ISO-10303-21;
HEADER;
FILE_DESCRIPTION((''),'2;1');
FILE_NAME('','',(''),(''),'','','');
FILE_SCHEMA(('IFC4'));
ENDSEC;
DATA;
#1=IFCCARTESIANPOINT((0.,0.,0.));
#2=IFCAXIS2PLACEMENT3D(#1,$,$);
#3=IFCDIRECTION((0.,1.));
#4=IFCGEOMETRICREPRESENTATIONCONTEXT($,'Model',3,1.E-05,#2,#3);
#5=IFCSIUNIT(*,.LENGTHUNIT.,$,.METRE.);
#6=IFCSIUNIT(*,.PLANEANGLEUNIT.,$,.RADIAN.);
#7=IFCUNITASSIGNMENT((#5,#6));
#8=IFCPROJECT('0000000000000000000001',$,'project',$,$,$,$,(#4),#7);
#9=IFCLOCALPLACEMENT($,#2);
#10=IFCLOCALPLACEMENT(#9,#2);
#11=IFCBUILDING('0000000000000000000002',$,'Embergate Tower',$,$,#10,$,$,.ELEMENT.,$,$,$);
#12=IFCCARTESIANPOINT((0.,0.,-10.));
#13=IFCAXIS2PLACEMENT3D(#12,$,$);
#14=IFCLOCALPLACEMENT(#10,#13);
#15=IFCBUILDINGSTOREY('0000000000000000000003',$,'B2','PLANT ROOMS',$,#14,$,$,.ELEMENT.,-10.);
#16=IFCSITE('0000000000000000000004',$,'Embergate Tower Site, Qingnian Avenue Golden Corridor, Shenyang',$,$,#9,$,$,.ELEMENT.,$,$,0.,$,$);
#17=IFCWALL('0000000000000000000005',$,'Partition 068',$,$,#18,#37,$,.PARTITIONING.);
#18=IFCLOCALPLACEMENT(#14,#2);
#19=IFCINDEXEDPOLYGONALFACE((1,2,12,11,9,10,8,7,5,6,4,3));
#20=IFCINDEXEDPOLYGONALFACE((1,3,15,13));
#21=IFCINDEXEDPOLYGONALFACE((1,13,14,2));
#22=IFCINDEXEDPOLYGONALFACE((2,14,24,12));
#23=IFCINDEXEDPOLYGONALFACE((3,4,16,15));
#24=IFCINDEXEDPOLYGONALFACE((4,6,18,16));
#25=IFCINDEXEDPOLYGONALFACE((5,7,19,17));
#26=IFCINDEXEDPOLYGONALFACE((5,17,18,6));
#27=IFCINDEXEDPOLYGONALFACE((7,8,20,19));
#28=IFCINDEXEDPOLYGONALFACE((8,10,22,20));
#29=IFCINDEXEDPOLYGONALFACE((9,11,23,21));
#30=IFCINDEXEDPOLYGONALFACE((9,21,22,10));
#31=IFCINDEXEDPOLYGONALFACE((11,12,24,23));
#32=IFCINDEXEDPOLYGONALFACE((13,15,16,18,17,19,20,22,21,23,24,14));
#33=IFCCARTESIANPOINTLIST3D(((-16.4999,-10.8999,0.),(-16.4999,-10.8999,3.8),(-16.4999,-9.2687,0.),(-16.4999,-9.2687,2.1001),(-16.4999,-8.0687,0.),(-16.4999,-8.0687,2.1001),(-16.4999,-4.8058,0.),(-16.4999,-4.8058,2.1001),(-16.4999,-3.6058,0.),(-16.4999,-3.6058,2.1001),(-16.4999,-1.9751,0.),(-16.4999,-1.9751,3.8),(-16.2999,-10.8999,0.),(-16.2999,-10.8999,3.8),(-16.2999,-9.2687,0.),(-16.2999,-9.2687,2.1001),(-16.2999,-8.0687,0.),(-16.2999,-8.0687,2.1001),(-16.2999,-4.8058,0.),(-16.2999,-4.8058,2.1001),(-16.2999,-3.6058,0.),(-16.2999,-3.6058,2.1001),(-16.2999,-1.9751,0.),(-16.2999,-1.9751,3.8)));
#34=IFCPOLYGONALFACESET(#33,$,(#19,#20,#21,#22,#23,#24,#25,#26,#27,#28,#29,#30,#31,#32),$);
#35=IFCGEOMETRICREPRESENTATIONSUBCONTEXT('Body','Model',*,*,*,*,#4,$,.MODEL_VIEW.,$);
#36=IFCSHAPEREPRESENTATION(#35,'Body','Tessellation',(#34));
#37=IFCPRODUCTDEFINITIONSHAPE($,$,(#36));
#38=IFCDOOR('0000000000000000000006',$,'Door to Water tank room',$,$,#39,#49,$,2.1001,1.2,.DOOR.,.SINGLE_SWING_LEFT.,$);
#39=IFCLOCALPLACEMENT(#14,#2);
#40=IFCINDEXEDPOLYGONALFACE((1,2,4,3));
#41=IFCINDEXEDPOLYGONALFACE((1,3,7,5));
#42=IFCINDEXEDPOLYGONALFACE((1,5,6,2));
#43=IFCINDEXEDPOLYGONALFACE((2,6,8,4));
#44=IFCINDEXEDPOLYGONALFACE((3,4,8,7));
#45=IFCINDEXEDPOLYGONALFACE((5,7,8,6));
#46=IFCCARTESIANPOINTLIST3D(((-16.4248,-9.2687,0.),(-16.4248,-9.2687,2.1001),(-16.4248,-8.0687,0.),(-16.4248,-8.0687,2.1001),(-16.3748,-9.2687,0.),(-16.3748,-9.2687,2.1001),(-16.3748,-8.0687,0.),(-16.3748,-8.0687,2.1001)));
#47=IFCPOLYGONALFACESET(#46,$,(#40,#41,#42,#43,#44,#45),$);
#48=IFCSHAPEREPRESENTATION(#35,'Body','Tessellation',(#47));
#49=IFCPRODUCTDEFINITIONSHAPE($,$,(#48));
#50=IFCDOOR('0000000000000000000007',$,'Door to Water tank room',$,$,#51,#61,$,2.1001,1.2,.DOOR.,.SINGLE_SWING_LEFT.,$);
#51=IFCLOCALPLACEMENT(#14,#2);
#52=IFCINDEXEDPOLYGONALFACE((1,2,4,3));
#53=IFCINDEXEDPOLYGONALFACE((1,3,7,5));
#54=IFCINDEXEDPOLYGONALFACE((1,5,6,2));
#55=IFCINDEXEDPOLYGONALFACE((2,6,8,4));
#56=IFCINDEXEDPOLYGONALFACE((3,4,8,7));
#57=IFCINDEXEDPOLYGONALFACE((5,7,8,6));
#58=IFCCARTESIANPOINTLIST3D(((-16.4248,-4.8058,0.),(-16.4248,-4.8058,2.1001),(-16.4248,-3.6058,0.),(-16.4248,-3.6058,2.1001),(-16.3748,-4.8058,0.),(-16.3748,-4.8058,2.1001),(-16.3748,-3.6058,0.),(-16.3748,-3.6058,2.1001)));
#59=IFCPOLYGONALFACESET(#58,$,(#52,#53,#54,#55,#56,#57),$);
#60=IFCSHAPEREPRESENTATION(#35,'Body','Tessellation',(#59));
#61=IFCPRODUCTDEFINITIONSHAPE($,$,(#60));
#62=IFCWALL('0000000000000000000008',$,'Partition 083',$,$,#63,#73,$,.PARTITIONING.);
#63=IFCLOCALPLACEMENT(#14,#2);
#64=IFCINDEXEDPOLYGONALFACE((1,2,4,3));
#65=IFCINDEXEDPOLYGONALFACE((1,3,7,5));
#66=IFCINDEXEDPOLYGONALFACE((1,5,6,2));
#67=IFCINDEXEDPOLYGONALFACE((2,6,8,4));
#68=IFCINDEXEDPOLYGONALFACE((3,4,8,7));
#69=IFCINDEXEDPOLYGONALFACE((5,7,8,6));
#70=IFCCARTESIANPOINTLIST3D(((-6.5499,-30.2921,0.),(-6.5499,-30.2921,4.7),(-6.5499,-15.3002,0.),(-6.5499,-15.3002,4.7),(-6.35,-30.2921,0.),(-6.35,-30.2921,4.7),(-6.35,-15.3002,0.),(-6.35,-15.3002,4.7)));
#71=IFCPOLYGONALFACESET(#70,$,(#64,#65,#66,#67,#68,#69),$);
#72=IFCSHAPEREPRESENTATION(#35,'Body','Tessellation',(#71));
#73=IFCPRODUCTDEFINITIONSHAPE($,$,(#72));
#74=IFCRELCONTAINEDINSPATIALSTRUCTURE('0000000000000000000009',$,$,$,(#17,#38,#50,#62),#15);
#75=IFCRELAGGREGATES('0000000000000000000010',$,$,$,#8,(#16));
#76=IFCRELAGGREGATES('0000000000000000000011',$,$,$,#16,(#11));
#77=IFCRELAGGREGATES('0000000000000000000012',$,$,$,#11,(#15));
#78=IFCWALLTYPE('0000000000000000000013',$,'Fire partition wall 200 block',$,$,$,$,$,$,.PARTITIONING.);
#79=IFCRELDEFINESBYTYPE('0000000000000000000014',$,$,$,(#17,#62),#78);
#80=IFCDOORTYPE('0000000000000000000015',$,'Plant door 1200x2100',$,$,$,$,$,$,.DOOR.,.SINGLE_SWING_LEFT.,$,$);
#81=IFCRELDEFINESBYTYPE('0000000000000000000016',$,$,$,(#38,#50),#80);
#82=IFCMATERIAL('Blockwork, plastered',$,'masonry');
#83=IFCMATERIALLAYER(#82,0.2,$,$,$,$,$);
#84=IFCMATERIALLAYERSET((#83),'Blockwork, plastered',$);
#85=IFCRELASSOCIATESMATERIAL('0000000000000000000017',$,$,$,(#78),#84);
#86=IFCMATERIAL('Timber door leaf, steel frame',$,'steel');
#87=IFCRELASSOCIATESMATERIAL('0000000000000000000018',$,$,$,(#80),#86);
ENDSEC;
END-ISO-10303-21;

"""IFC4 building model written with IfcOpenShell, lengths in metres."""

from ifc_helpers import new_model, si_unit, direction, frame, frame_2d, origin, place, context, subcontext, project, spatial, rectangle, extrude, source, transform, mapped, material, layer, layer_set, type_object, element, fill, save


model = new_model("IFC4")

# Units and contexts
model_context = context("Model", 3, precision=1e-05, world=origin(), true_north=direction((0.0, 1.0)))
body_context = subcontext(model_context, "Body", "Model", "MODEL_VIEW")
ifc_project = project(units=[si_unit("LENGTHUNIT", "METRE"), si_unit("PLANEANGLEUNIT", "RADIAN")], contexts=[model_context])

# Site, building, storey
site_placement = place(None, origin())
site = spatial("IfcSite", under=ifc_project, at=site_placement, Name="Embergate Tower Site, Qingnian Avenue Golden Corridor, Shenyang", CompositionType="ELEMENT", RefElevation=0.0)
building_placement = place(site_placement, origin())
building = spatial("IfcBuilding", under=site, at=building_placement, Name="Embergate Tower", CompositionType="ELEMENT")
storey_placement = place(building_placement, frame((0.0, 0.0, -10.0)))
storey = spatial("IfcBuildingStorey", under=building, at=storey_placement, Name="B2", Description="PLANT ROOMS", CompositionType="ELEMENT", Elevation=-10.0)

# Shared definitions
ifc_material_1 = material(Name="Blockwork, plastered", Category="masonry")
ifc_layer_1 = layer(ifc_material_1, 0.2)
ifc_layer_set_1 = layer_set([ifc_layer_1], Name="Blockwork, plastered")
wall_type_1 = type_object("IfcWallType", Name="Fire partition wall 200 block", PredefinedType="PARTITIONING", material=ifc_layer_set_1)

# Wall, openings, doors
shared_shape_1 = source(origin(), body_context, "Body", "SweptSolid", [
    extrude(rectangle(XDim=8.9248, YDim=0.2, at=frame_2d((4.4624, 0.0))), origin(), (0.0, 0.0, 1.0), 3.8),
])
wall_1_placement = place(storey_placement, frame((-16.3999, -10.8999, 0.0), z_axis=(0.0, 0.0, 1.0), x_axis=(0.0, 1.0, 0.0)))
wall_1 = element("IfcWall", 1, at=wall_1_placement, inside=storey, type_object=wall_type_1, Name="Partition 068", PredefinedType="PARTITIONING", context=body_context, shape_type="MappedRepresentation", body=[
    mapped(shared_shape_1, transform((0.0, 0.0, 0.0))),
])
shared_shape_2 = source(origin(), body_context, "Body", "SweptSolid", [
    extrude(rectangle(XDim=1.2, YDim=2.1001, at=frame_2d((0.6001, 1.05))), frame((0.0, 0.1099, 0.0), z_axis=(0.0, -1.0, 0.0), x_axis=(1.0, 0.0, 0.0)), (0.0, 0.0, 1.0), 0.22),
])
opening_1_placement = place(wall_1_placement, frame((1.6311, 0.0, 0.0)))
opening_1 = element("IfcOpeningElement", 2, at=opening_1_placement, cuts=wall_1, PredefinedType="OPENING", context=body_context, shape_type="MappedRepresentation", body=[
    mapped(shared_shape_2, transform((0.0, 0.0, 0.0))),
])
opening_2_placement = place(wall_1_placement, frame((6.094, 0.0, 0.0)))
opening_2 = element("IfcOpeningElement", 3, at=opening_2_placement, cuts=wall_1, PredefinedType="OPENING", context=body_context, shape_type="MappedRepresentation", body=[
    mapped(shared_shape_2, transform((0.0, 0.0, 0.0))),
])
ifc_material_2 = material(Name="Timber door leaf, steel frame", Category="steel")
door_type_1 = type_object("IfcDoorType", Name="Plant door 1200x2100", OperationType="SINGLE_SWING_LEFT", PredefinedType="DOOR", material=ifc_material_2)
shared_shape_3 = source(origin(), body_context, "Body", "SweptSolid", [
    extrude(rectangle(XDim=1.2, YDim=2.1001, at=frame_2d((0.6001, 1.05))), frame((0.0, 0.0249, 0.0), z_axis=(0.0, -1.0, 0.0), x_axis=(1.0, 0.0, 0.0)), (0.0, 0.0, 1.0), 0.05),
])
door_1_placement = place(opening_1_placement, origin())
door_1 = element("IfcDoor", 4, at=door_1_placement, inside=storey, type_object=door_type_1, Name="Door to Water tank room", OperationType="SINGLE_SWING_LEFT", OverallHeight=2.1001, OverallWidth=1.2, PredefinedType="DOOR", context=body_context, shape_type="MappedRepresentation", body=[
    mapped(shared_shape_3, transform((0.0, 0.0, 0.0))),
])
fill(opening_1, door_1)
door_2_placement = place(opening_2_placement, origin())
door_2 = element("IfcDoor", 5, at=door_2_placement, inside=storey, type_object=door_type_1, Name="Door to Water tank room", OperationType="SINGLE_SWING_LEFT", OverallHeight=2.1001, OverallWidth=1.2, PredefinedType="DOOR", context=body_context, shape_type="MappedRepresentation", body=[
    mapped(shared_shape_3, transform((0.0, 0.0, 0.0))),
])
fill(opening_2, door_2)

# Wall
shared_shape_4 = source(origin(), body_context, "Body", "SweptSolid", [
    extrude(rectangle(XDim=14.9919, YDim=0.2, at=frame_2d((7.4961, 0.0))), origin(), (0.0, 0.0, 1.0), 4.7),
])
wall_2_placement = place(storey_placement, frame((-6.45, -15.3, 0.0), z_axis=(0.0, 0.0, 1.0), x_axis=(0.0, -1.0, 0.0)))
element("IfcWall", 6, at=wall_2_placement, inside=storey, type_object=wall_type_1, Name="Partition 083", PredefinedType="PARTITIONING", context=body_context, shape_type="MappedRepresentation", body=[
    mapped(shared_shape_4, transform((0.0, 0.0, 0.0))),
])

save(model, "model.ifc")
